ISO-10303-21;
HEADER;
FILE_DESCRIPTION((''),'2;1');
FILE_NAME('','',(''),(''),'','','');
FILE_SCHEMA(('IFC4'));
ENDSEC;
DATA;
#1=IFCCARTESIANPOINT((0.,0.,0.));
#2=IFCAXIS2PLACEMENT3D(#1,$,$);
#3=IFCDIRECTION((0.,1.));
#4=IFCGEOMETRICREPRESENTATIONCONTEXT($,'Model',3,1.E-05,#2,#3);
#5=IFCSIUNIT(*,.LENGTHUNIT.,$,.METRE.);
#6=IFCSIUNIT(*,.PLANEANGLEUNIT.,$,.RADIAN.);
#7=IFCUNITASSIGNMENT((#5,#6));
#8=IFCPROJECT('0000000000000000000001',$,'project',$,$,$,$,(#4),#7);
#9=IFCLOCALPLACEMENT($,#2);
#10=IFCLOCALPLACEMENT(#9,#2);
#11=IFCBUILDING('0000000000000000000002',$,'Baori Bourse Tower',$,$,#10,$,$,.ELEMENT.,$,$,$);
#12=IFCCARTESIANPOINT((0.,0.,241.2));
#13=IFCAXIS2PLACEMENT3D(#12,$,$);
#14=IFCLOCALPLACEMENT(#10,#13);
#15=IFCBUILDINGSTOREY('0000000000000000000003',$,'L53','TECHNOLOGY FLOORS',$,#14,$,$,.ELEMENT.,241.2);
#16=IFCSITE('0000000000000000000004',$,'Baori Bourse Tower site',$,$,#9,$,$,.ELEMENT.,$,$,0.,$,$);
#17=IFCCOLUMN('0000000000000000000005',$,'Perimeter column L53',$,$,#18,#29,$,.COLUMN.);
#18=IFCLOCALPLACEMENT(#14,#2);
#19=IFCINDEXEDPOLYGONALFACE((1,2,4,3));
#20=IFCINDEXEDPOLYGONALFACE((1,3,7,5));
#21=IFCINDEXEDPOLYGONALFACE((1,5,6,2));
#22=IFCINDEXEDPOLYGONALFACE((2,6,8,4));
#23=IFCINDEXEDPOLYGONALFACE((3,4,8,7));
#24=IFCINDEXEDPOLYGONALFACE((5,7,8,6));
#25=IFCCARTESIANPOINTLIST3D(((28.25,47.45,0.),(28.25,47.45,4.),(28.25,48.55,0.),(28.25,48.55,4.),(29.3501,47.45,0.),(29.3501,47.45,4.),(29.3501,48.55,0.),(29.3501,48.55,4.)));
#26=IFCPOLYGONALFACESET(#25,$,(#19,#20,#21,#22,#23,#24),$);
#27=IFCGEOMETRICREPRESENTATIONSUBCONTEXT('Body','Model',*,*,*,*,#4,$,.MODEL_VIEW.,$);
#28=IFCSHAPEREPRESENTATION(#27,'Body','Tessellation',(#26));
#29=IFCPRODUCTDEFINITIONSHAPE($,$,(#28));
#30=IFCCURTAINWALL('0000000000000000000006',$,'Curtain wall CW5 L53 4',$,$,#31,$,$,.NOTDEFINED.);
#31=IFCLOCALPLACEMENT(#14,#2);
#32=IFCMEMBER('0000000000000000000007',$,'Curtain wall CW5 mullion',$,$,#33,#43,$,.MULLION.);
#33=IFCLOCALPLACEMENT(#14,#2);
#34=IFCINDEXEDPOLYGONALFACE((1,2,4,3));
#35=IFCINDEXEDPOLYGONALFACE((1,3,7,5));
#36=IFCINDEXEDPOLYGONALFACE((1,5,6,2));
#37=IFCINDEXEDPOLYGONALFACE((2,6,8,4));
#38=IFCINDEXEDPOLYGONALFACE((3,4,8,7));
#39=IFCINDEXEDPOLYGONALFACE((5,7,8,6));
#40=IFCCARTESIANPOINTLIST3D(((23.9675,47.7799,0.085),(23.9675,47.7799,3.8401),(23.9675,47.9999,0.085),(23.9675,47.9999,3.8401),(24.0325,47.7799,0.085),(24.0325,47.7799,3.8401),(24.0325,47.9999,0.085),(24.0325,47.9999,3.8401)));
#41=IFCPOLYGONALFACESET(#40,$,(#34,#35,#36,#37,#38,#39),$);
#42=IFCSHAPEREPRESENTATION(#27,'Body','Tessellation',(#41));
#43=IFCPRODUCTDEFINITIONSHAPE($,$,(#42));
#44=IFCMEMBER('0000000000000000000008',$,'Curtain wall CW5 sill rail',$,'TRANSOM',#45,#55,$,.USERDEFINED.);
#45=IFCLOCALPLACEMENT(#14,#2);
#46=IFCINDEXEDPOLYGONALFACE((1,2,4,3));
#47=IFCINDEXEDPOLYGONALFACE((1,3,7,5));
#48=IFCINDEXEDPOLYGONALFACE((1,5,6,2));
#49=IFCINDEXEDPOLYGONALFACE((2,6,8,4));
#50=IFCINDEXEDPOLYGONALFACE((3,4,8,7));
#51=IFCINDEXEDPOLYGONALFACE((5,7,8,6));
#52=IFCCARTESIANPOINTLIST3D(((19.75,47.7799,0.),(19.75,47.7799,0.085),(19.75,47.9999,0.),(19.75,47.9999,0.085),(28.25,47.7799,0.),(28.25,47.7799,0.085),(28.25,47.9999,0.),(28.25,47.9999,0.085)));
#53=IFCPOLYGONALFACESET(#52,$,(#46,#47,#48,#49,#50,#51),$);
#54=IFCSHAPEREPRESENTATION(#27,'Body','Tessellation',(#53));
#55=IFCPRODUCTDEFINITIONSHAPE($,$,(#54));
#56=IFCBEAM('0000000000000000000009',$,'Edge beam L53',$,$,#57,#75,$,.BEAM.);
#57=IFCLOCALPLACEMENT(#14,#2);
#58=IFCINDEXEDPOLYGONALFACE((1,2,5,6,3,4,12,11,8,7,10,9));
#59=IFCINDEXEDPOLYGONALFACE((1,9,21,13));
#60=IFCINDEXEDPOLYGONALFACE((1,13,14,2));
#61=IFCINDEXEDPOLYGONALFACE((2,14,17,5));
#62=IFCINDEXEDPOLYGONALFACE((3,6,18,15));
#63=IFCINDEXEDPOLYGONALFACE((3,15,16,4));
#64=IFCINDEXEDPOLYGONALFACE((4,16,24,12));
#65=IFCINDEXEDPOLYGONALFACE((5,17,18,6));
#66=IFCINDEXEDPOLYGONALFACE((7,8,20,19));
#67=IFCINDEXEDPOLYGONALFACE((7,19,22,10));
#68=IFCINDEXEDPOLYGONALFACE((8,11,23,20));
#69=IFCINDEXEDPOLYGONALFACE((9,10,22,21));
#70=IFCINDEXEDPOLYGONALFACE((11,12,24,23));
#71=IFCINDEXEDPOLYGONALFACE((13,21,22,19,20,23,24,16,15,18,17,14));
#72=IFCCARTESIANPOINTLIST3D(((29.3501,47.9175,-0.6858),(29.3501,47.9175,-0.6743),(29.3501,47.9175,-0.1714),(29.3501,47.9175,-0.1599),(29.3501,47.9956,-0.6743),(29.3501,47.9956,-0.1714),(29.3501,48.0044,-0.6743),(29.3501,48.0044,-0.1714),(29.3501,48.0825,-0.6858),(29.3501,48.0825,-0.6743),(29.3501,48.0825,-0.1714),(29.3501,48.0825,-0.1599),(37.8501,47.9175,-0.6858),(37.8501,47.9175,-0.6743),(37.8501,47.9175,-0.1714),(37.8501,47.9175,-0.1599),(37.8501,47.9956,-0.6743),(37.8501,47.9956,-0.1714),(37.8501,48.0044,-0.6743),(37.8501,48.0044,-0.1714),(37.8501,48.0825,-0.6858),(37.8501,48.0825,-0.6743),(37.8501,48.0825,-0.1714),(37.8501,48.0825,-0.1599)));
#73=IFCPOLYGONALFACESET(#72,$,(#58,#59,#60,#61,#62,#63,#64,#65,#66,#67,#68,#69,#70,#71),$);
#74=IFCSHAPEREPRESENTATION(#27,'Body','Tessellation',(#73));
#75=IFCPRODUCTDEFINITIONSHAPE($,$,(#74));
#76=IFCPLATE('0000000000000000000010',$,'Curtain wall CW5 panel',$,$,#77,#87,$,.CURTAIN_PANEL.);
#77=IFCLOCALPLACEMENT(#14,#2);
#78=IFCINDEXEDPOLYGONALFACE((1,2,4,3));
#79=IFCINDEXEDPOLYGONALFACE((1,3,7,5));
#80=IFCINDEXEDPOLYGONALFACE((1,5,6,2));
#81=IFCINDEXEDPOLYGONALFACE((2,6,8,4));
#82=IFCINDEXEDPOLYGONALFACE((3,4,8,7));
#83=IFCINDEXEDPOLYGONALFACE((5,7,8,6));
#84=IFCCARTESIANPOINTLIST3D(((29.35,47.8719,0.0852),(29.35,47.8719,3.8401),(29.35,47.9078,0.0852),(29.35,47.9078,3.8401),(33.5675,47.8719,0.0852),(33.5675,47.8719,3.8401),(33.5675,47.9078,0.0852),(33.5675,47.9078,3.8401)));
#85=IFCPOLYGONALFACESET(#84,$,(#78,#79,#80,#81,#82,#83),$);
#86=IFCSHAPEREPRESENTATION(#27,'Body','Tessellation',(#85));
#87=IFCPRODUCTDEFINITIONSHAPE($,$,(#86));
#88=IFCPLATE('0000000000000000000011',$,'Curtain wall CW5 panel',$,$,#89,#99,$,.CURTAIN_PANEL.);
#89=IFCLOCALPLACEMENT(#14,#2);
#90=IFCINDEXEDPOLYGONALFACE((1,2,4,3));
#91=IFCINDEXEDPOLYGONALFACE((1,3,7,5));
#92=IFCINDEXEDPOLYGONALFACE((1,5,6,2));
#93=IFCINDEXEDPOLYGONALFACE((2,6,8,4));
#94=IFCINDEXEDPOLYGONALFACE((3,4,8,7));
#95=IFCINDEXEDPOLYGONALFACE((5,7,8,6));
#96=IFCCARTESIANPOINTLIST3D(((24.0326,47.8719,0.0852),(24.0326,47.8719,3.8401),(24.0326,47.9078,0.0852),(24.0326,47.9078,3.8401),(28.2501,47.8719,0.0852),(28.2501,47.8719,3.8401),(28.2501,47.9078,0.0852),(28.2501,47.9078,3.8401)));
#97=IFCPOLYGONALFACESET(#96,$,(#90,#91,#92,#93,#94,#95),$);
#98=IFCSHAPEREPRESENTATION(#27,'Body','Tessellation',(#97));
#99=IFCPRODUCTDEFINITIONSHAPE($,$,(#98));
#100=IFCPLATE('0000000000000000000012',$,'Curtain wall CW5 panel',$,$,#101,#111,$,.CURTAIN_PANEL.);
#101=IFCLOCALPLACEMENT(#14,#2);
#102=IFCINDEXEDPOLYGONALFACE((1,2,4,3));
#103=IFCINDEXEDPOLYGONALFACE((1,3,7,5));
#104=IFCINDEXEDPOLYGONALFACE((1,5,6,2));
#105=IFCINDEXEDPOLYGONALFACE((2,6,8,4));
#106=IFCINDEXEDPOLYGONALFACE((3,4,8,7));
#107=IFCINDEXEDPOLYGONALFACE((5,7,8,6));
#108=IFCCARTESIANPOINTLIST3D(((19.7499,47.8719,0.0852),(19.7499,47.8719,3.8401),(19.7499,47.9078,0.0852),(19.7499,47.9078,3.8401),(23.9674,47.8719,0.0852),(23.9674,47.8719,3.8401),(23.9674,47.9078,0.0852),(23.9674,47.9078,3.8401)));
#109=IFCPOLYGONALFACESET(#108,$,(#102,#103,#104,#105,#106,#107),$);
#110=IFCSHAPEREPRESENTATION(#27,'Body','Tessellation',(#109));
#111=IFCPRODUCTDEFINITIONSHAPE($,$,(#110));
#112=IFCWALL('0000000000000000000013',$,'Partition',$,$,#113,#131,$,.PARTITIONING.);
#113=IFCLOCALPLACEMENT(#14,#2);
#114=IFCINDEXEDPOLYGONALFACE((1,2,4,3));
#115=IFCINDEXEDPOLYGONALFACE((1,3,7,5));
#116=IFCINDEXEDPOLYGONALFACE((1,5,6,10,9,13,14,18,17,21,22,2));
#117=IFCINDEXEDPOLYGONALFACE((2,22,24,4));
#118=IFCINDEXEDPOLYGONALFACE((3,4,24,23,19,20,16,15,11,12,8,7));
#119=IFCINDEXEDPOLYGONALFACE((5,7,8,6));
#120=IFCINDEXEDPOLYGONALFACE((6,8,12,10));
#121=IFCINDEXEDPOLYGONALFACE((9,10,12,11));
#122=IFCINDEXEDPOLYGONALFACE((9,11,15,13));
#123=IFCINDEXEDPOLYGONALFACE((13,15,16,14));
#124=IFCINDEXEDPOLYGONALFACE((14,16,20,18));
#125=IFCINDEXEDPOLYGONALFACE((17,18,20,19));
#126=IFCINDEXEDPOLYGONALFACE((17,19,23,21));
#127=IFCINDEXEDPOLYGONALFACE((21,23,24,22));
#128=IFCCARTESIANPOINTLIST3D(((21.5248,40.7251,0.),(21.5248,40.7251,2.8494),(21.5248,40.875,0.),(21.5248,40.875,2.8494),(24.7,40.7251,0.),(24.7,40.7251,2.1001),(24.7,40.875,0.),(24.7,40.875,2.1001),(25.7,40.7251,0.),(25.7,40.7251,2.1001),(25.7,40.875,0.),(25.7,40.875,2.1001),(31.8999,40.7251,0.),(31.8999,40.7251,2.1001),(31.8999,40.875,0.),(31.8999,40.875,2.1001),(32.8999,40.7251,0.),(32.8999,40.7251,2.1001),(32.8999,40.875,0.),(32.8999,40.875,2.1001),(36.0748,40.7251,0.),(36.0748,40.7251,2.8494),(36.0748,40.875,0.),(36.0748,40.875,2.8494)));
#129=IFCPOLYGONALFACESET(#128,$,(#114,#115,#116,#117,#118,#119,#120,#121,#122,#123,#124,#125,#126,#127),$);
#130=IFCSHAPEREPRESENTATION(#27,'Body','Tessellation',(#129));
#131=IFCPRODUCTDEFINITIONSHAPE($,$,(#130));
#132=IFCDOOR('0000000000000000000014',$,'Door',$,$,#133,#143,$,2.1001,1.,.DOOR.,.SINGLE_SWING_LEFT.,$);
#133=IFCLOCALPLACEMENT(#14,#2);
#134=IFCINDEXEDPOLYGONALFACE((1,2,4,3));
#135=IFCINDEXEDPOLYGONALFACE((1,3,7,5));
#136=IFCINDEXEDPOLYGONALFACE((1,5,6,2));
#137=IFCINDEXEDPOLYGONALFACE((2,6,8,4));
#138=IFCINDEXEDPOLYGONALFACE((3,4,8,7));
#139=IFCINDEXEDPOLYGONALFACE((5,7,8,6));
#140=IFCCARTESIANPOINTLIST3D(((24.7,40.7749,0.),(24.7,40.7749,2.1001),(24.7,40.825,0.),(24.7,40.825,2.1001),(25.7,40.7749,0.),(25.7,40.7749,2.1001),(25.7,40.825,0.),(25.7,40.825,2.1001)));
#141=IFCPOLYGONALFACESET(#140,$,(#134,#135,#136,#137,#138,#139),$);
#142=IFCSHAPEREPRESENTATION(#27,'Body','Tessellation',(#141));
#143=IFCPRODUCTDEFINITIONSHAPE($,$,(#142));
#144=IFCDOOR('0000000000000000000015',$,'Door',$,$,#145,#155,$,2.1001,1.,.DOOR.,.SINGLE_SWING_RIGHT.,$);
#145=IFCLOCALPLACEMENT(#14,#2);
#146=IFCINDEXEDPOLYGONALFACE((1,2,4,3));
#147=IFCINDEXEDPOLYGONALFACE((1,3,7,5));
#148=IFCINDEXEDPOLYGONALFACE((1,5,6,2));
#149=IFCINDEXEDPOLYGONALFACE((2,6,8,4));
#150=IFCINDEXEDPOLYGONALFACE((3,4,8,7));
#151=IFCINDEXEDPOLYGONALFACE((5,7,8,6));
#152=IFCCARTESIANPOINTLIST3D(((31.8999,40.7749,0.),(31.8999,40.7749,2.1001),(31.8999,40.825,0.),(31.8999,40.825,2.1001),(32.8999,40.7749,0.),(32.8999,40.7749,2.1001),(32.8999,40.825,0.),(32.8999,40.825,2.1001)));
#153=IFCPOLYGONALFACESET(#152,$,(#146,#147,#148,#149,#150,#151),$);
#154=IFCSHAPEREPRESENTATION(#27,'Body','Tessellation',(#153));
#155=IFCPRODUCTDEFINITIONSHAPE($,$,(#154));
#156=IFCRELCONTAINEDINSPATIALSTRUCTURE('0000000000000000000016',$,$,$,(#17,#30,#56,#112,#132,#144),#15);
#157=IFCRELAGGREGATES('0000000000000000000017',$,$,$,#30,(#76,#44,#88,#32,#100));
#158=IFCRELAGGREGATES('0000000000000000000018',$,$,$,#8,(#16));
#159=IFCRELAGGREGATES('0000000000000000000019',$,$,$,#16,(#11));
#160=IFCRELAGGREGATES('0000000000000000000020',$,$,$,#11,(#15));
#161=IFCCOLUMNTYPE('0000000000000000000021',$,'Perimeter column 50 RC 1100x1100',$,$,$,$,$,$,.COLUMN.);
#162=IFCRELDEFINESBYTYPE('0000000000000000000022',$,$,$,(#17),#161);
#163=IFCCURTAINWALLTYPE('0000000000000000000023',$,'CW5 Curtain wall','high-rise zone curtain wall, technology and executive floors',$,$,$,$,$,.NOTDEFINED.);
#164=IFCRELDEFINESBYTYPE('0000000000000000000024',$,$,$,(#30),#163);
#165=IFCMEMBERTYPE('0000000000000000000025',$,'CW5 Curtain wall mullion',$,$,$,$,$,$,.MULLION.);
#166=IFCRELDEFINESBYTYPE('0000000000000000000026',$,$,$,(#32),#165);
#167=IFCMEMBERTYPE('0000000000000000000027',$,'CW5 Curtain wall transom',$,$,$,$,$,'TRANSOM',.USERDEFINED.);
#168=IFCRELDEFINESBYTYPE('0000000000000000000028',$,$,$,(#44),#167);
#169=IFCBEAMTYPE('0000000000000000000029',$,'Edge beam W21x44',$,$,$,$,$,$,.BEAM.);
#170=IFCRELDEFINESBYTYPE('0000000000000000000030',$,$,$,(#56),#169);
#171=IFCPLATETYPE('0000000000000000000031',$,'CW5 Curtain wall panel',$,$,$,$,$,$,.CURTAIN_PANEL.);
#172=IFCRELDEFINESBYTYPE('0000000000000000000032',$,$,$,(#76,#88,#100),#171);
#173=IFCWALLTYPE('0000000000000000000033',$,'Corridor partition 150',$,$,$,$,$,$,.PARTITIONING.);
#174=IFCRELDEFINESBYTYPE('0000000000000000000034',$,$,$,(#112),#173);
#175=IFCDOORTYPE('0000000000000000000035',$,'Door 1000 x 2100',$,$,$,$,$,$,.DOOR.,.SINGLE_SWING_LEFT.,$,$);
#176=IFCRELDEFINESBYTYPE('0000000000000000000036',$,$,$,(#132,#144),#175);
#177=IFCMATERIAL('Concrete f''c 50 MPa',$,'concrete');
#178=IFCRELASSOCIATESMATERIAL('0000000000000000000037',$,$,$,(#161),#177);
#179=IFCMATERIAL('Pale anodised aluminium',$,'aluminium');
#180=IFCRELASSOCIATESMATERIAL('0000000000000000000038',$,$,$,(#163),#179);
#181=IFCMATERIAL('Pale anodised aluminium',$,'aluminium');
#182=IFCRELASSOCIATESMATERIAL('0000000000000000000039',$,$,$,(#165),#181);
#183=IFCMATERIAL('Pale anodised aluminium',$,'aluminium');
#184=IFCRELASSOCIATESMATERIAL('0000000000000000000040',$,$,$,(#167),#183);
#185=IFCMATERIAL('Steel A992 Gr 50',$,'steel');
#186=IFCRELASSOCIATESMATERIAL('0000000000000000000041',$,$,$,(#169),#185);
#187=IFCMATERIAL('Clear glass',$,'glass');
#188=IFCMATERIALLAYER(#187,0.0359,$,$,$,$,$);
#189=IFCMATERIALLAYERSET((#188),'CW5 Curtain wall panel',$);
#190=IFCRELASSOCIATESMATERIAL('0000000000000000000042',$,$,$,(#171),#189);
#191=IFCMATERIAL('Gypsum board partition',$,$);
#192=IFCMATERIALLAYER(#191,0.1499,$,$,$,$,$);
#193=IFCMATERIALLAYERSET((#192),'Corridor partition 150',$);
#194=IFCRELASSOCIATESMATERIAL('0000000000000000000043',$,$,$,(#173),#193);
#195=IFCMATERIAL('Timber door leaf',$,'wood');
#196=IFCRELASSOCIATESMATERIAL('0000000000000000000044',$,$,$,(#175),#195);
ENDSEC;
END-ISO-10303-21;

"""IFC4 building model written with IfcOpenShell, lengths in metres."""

from ifc_helpers import new_model, si_unit, direction, frame, frame_2d, origin, origin_2d, place, context, subcontext, project, spatial, rectangle, i_section, extrude, material, layer, layer_set, material_profile, profile_set, type_object, element, fill, aggregate, save


model = new_model("IFC4")

# Units and contexts
model_context = context("Model", 3, precision=1e-05, world=origin(), true_north=direction((0.0, 1.0)))
body_context = subcontext(model_context, "Body", "Model", "MODEL_VIEW")
ifc_project = project(units=[si_unit("LENGTHUNIT", "METRE"), si_unit("PLANEANGLEUNIT", "RADIAN")], contexts=[model_context])

# Site, building, storey
site_placement = place(None, origin())
site = spatial("IfcSite", under=ifc_project, at=site_placement, Name="Baori Bourse Tower site", CompositionType="ELEMENT", RefElevation=0.0)
building_placement = place(site_placement, origin())
building = spatial("IfcBuilding", under=site, at=building_placement, Name="Baori Bourse Tower", CompositionType="ELEMENT")
storey_placement = place(building_placement, frame((0.0, 0.0, 241.2)))
storey = spatial("IfcBuildingStorey", under=building, at=storey_placement, Name="L53", Description="TECHNOLOGY FLOORS", CompositionType="ELEMENT", Elevation=241.2)

# Column
ifc_material_1 = material(Name="Concrete f'c 50 MPa", Category="concrete")
ifc_material_profile_1 = material_profile(ifc_material_1, rectangle(XDim=1.1001, YDim=1.1001, at=origin_2d()), Name="RC 1100x1100")
ifc_profile_set_1 = profile_set([ifc_material_profile_1], Name="Concrete f'c 50 MPa")
column_type = type_object("IfcColumnType", Name="Perimeter column 50 RC 1100x1100", PredefinedType="COLUMN", material=ifc_profile_set_1)
column_placement = place(storey_placement, frame((28.8, 48.0, 0.0), z_axis=(0.0, 0.0, 1.0), x_axis=(1.0, 0.0, 0.0)))
element("IfcColumn", 1, at=column_placement, inside=storey, type_object=column_type, Name="Perimeter column L53", PredefinedType="COLUMN", context=body_context, shape_type="SweptSolid", body=[
    extrude(rectangle(XDim=1.1001, YDim=1.1001, at=origin_2d()), origin(), (0.0, 0.0, 1.0), 4.0),
])

# Curtain wall, members
ifc_material_2 = material(Name="Pale anodised aluminium", Category="aluminium")
curtain_wall_type = type_object("IfcCurtainWallType", Name="CW5 Curtain wall", Description="high-rise zone curtain wall, technology and executive floors", PredefinedType="NOTDEFINED", material=ifc_material_2)
curtain_wall_placement = place(storey_placement, origin())
curtain_wall = element("IfcCurtainWall", 2, at=curtain_wall_placement, inside=storey, type_object=curtain_wall_type, Name="Curtain wall CW5 L53 4", PredefinedType="NOTDEFINED")
ifc_material_3 = material(Name="Pale anodised aluminium", Category="aluminium")
ifc_material_profile_2 = material_profile(ifc_material_3, rectangle(XDim=0.22, YDim=0.0649, at=origin_2d()), Name="Mullion 65x220")
ifc_profile_set_2 = profile_set([ifc_material_profile_2], Name="Pale anodised aluminium")
member_type_1 = type_object("IfcMemberType", Name="CW5 Curtain wall mullion", PredefinedType="MULLION", material=ifc_profile_set_2)
member_1_placement = place(storey_placement, frame((24.0, 47.8899, 0.085), z_axis=(0.0, 0.0, 1.0), x_axis=(0.0, -1.0, 0.0)))
member_1 = element("IfcMember", 3, at=member_1_placement, type_object=member_type_1, Name="Curtain wall CW5 mullion", PredefinedType="MULLION", context=body_context, shape_type="SweptSolid", body=[
    extrude(rectangle(XDim=0.22, YDim=0.0649, at=origin_2d()), origin(), (0.0, 0.0, 1.0), 3.7551),
])
ifc_material_4 = material(Name="Pale anodised aluminium", Category="aluminium")
ifc_material_profile_3 = material_profile(ifc_material_4, rectangle(XDim=0.22, YDim=0.085, at=origin_2d()), Name="Transom 85x220")
ifc_profile_set_3 = profile_set([ifc_material_profile_3], Name="Pale anodised aluminium")
member_type_2 = type_object("IfcMemberType", Name="CW5 Curtain wall transom", ElementType="TRANSOM", PredefinedType="USERDEFINED", material=ifc_profile_set_3)
member_2_placement = place(storey_placement, frame((28.25, 47.8899, 0.0425), z_axis=(-1.0, 0.0, 0.0), x_axis=(0.0, -1.0, 0.0)))
member_2 = element("IfcMember", 4, at=member_2_placement, type_object=member_type_2, Name="Curtain wall CW5 sill rail", ObjectType="TRANSOM", PredefinedType="USERDEFINED", context=body_context, shape_type="SweptSolid", body=[
    extrude(rectangle(XDim=0.22, YDim=0.085, at=origin_2d()), origin(), (0.0, 0.0, 1.0), 8.5),
])

# Beam
ifc_material_5 = material(Name="Steel A992 Gr 50", Category="steel")
ifc_material_profile_4 = material_profile(ifc_material_5, i_section(OverallWidth=0.165, OverallDepth=0.5259, WebThickness=0.0088, FlangeThickness=0.0115, at=origin_2d()), Name="W21x44")
ifc_profile_set_4 = profile_set([ifc_material_profile_4], Name="Steel A992 Gr 50")
beam_type = type_object("IfcBeamType", Name="Edge beam W21x44", PredefinedType="BEAM", material=ifc_profile_set_4)
beam_placement = place(storey_placement, frame((29.3501, 48.0, -0.4229), z_axis=(1.0, 0.0, 0.0), x_axis=(0.0, 1.0, 0.0)))
element("IfcBeam", 5, at=beam_placement, inside=storey, type_object=beam_type, Name="Edge beam L53", PredefinedType="BEAM", context=body_context, shape_type="SweptSolid", body=[
    extrude(i_section(OverallWidth=0.165, OverallDepth=0.5259, WebThickness=0.0088, FlangeThickness=0.0115, at=origin_2d()), origin(), (0.0, 0.0, 1.0), 8.5),
])

# Plates
ifc_material_6 = material(Name="Clear glass", Category="glass")
ifc_layer_1 = layer(ifc_material_6, 0.0359)
ifc_layer_set_1 = layer_set([ifc_layer_1], Name="CW5 Curtain wall panel")
plate_type = type_object("IfcPlateType", Name="CW5 Curtain wall panel", PredefinedType="CURTAIN_PANEL", material=ifc_layer_set_1)
plate_1_placement = place(storey_placement, frame((31.4587, 47.8899, 0.0852), z_axis=(0.0, 0.0, 1.0), x_axis=(-1.0, 0.0, 0.0)))
plate_1 = element("IfcPlate", 6, at=plate_1_placement, type_object=plate_type, Name="Curtain wall CW5 panel", PredefinedType="CURTAIN_PANEL", context=body_context, shape_type="SweptSolid", body=[
    extrude(rectangle(XDim=4.2175, YDim=0.0359, at=origin_2d()), origin(), (0.0, 0.0, 1.0), 3.7549),
])
plate_2_placement = place(storey_placement, frame((26.1414, 47.8899, 0.0852), z_axis=(0.0, 0.0, 1.0), x_axis=(-1.0, 0.0, 0.0)))
plate_2 = element("IfcPlate", 7, at=plate_2_placement, type_object=plate_type, Name="Curtain wall CW5 panel", PredefinedType="CURTAIN_PANEL", context=body_context, shape_type="SweptSolid", body=[
    extrude(rectangle(XDim=4.2175, YDim=0.0359, at=origin_2d()), origin(), (0.0, 0.0, 1.0), 3.7549),
])
plate_3_placement = place(storey_placement, frame((21.8586, 47.8899, 0.0852), z_axis=(0.0, 0.0, 1.0), x_axis=(-1.0, 0.0, 0.0)))
plate_3 = element("IfcPlate", 8, at=plate_3_placement, type_object=plate_type, Name="Curtain wall CW5 panel", PredefinedType="CURTAIN_PANEL", context=body_context, shape_type="SweptSolid", body=[
    extrude(rectangle(XDim=4.2175, YDim=0.0359, at=origin_2d()), origin(), (0.0, 0.0, 1.0), 3.7549),
])
aggregate(curtain_wall, [plate_1, member_2, plate_2, member_1, plate_3])

# Wall, openings, doors
ifc_material_7 = material(Name="Gypsum board partition")
ifc_layer_2 = layer(ifc_material_7, 0.1499)
ifc_layer_set_2 = layer_set([ifc_layer_2], Name="Corridor partition 150")
wall_type_1 = type_object("IfcWallType", Name="Corridor partition 150", PredefinedType="PARTITIONING", material=ifc_layer_set_2)
wall_1_placement = place(storey_placement, frame((21.5249, 40.8, 0.0), z_axis=(0.0, 0.0, 1.0), x_axis=(1.0, 0.0, 0.0)))
wall_1 = element("IfcWall", 9, at=wall_1_placement, inside=storey, type_object=wall_type_1, Name="Partition", PredefinedType="PARTITIONING", context=body_context, shape_type="SweptSolid", body=[
    extrude(rectangle(XDim=14.55, YDim=0.1499, at=frame_2d((7.2749, 0.0))), origin(), (0.0, 0.0, 1.0), 2.8494),
])
opening_1_placement = place(wall_1_placement, frame((3.175, 0.0, 0.0)))
opening_1 = element("IfcOpeningElement", 10, at=opening_1_placement, cuts=wall_1, PredefinedType="OPENING", context=body_context, shape_type="SweptSolid", body=[
    extrude(rectangle(XDim=1.0, YDim=2.1001, at=frame_2d((0.5, 1.05))), frame((0.0, 0.085, 0.0), z_axis=(0.0, -1.0, 0.0), x_axis=(1.0, 0.0, 0.0)), (0.0, 0.0, 1.0), 0.1699),
])
opening_2_placement = place(wall_1_placement, frame((10.375, 0.0, 0.0)))
opening_2 = element("IfcOpeningElement", 11, at=opening_2_placement, cuts=wall_1, PredefinedType="OPENING", context=body_context, shape_type="SweptSolid", body=[
    extrude(rectangle(XDim=1.0, YDim=2.1001, at=frame_2d((0.5, 1.05))), frame((0.0, 0.085, 0.0), z_axis=(0.0, -1.0, 0.0), x_axis=(1.0, 0.0, 0.0)), (0.0, 0.0, 1.0), 0.1699),
])
ifc_material_8 = material(Name="Timber door leaf", Category="wood")
door_type = type_object("IfcDoorType", Name="Door 1000 x 2100", OperationType="SINGLE_SWING_LEFT", PredefinedType="DOOR", material=ifc_material_8)
door_1_placement = place(opening_1_placement, origin())
door_1 = element("IfcDoor", 12, at=door_1_placement, inside=storey, type_object=door_type, Name="Door", OperationType="SINGLE_SWING_LEFT", OverallHeight=2.1001, OverallWidth=1.0, PredefinedType="DOOR", context=body_context, shape_type="SweptSolid", body=[
    extrude(rectangle(XDim=1.0, YDim=2.1001, at=frame_2d((0.5, 1.05))), frame((0.0, 0.0249, 0.0), z_axis=(0.0, -1.0, 0.0), x_axis=(1.0, 0.0, 0.0)), (0.0, 0.0, 1.0), 0.05),
])
fill(opening_1, door_1)
door_2_placement = place(opening_2_placement, origin())
door_2 = element("IfcDoor", 13, at=door_2_placement, inside=storey, type_object=door_type, Name="Door", OperationType="SINGLE_SWING_RIGHT", OverallHeight=2.1001, OverallWidth=1.0, PredefinedType="DOOR", context=body_context, shape_type="SweptSolid", body=[
    extrude(rectangle(XDim=1.0, YDim=2.1001, at=frame_2d((0.5, 1.05))), frame((0.0, 0.0249, 0.0), z_axis=(0.0, -1.0, 0.0), x_axis=(1.0, 0.0, 0.0)), (0.0, 0.0, 1.0), 0.05),
])
fill(opening_2, door_2)

save(model, "model.ifc")
